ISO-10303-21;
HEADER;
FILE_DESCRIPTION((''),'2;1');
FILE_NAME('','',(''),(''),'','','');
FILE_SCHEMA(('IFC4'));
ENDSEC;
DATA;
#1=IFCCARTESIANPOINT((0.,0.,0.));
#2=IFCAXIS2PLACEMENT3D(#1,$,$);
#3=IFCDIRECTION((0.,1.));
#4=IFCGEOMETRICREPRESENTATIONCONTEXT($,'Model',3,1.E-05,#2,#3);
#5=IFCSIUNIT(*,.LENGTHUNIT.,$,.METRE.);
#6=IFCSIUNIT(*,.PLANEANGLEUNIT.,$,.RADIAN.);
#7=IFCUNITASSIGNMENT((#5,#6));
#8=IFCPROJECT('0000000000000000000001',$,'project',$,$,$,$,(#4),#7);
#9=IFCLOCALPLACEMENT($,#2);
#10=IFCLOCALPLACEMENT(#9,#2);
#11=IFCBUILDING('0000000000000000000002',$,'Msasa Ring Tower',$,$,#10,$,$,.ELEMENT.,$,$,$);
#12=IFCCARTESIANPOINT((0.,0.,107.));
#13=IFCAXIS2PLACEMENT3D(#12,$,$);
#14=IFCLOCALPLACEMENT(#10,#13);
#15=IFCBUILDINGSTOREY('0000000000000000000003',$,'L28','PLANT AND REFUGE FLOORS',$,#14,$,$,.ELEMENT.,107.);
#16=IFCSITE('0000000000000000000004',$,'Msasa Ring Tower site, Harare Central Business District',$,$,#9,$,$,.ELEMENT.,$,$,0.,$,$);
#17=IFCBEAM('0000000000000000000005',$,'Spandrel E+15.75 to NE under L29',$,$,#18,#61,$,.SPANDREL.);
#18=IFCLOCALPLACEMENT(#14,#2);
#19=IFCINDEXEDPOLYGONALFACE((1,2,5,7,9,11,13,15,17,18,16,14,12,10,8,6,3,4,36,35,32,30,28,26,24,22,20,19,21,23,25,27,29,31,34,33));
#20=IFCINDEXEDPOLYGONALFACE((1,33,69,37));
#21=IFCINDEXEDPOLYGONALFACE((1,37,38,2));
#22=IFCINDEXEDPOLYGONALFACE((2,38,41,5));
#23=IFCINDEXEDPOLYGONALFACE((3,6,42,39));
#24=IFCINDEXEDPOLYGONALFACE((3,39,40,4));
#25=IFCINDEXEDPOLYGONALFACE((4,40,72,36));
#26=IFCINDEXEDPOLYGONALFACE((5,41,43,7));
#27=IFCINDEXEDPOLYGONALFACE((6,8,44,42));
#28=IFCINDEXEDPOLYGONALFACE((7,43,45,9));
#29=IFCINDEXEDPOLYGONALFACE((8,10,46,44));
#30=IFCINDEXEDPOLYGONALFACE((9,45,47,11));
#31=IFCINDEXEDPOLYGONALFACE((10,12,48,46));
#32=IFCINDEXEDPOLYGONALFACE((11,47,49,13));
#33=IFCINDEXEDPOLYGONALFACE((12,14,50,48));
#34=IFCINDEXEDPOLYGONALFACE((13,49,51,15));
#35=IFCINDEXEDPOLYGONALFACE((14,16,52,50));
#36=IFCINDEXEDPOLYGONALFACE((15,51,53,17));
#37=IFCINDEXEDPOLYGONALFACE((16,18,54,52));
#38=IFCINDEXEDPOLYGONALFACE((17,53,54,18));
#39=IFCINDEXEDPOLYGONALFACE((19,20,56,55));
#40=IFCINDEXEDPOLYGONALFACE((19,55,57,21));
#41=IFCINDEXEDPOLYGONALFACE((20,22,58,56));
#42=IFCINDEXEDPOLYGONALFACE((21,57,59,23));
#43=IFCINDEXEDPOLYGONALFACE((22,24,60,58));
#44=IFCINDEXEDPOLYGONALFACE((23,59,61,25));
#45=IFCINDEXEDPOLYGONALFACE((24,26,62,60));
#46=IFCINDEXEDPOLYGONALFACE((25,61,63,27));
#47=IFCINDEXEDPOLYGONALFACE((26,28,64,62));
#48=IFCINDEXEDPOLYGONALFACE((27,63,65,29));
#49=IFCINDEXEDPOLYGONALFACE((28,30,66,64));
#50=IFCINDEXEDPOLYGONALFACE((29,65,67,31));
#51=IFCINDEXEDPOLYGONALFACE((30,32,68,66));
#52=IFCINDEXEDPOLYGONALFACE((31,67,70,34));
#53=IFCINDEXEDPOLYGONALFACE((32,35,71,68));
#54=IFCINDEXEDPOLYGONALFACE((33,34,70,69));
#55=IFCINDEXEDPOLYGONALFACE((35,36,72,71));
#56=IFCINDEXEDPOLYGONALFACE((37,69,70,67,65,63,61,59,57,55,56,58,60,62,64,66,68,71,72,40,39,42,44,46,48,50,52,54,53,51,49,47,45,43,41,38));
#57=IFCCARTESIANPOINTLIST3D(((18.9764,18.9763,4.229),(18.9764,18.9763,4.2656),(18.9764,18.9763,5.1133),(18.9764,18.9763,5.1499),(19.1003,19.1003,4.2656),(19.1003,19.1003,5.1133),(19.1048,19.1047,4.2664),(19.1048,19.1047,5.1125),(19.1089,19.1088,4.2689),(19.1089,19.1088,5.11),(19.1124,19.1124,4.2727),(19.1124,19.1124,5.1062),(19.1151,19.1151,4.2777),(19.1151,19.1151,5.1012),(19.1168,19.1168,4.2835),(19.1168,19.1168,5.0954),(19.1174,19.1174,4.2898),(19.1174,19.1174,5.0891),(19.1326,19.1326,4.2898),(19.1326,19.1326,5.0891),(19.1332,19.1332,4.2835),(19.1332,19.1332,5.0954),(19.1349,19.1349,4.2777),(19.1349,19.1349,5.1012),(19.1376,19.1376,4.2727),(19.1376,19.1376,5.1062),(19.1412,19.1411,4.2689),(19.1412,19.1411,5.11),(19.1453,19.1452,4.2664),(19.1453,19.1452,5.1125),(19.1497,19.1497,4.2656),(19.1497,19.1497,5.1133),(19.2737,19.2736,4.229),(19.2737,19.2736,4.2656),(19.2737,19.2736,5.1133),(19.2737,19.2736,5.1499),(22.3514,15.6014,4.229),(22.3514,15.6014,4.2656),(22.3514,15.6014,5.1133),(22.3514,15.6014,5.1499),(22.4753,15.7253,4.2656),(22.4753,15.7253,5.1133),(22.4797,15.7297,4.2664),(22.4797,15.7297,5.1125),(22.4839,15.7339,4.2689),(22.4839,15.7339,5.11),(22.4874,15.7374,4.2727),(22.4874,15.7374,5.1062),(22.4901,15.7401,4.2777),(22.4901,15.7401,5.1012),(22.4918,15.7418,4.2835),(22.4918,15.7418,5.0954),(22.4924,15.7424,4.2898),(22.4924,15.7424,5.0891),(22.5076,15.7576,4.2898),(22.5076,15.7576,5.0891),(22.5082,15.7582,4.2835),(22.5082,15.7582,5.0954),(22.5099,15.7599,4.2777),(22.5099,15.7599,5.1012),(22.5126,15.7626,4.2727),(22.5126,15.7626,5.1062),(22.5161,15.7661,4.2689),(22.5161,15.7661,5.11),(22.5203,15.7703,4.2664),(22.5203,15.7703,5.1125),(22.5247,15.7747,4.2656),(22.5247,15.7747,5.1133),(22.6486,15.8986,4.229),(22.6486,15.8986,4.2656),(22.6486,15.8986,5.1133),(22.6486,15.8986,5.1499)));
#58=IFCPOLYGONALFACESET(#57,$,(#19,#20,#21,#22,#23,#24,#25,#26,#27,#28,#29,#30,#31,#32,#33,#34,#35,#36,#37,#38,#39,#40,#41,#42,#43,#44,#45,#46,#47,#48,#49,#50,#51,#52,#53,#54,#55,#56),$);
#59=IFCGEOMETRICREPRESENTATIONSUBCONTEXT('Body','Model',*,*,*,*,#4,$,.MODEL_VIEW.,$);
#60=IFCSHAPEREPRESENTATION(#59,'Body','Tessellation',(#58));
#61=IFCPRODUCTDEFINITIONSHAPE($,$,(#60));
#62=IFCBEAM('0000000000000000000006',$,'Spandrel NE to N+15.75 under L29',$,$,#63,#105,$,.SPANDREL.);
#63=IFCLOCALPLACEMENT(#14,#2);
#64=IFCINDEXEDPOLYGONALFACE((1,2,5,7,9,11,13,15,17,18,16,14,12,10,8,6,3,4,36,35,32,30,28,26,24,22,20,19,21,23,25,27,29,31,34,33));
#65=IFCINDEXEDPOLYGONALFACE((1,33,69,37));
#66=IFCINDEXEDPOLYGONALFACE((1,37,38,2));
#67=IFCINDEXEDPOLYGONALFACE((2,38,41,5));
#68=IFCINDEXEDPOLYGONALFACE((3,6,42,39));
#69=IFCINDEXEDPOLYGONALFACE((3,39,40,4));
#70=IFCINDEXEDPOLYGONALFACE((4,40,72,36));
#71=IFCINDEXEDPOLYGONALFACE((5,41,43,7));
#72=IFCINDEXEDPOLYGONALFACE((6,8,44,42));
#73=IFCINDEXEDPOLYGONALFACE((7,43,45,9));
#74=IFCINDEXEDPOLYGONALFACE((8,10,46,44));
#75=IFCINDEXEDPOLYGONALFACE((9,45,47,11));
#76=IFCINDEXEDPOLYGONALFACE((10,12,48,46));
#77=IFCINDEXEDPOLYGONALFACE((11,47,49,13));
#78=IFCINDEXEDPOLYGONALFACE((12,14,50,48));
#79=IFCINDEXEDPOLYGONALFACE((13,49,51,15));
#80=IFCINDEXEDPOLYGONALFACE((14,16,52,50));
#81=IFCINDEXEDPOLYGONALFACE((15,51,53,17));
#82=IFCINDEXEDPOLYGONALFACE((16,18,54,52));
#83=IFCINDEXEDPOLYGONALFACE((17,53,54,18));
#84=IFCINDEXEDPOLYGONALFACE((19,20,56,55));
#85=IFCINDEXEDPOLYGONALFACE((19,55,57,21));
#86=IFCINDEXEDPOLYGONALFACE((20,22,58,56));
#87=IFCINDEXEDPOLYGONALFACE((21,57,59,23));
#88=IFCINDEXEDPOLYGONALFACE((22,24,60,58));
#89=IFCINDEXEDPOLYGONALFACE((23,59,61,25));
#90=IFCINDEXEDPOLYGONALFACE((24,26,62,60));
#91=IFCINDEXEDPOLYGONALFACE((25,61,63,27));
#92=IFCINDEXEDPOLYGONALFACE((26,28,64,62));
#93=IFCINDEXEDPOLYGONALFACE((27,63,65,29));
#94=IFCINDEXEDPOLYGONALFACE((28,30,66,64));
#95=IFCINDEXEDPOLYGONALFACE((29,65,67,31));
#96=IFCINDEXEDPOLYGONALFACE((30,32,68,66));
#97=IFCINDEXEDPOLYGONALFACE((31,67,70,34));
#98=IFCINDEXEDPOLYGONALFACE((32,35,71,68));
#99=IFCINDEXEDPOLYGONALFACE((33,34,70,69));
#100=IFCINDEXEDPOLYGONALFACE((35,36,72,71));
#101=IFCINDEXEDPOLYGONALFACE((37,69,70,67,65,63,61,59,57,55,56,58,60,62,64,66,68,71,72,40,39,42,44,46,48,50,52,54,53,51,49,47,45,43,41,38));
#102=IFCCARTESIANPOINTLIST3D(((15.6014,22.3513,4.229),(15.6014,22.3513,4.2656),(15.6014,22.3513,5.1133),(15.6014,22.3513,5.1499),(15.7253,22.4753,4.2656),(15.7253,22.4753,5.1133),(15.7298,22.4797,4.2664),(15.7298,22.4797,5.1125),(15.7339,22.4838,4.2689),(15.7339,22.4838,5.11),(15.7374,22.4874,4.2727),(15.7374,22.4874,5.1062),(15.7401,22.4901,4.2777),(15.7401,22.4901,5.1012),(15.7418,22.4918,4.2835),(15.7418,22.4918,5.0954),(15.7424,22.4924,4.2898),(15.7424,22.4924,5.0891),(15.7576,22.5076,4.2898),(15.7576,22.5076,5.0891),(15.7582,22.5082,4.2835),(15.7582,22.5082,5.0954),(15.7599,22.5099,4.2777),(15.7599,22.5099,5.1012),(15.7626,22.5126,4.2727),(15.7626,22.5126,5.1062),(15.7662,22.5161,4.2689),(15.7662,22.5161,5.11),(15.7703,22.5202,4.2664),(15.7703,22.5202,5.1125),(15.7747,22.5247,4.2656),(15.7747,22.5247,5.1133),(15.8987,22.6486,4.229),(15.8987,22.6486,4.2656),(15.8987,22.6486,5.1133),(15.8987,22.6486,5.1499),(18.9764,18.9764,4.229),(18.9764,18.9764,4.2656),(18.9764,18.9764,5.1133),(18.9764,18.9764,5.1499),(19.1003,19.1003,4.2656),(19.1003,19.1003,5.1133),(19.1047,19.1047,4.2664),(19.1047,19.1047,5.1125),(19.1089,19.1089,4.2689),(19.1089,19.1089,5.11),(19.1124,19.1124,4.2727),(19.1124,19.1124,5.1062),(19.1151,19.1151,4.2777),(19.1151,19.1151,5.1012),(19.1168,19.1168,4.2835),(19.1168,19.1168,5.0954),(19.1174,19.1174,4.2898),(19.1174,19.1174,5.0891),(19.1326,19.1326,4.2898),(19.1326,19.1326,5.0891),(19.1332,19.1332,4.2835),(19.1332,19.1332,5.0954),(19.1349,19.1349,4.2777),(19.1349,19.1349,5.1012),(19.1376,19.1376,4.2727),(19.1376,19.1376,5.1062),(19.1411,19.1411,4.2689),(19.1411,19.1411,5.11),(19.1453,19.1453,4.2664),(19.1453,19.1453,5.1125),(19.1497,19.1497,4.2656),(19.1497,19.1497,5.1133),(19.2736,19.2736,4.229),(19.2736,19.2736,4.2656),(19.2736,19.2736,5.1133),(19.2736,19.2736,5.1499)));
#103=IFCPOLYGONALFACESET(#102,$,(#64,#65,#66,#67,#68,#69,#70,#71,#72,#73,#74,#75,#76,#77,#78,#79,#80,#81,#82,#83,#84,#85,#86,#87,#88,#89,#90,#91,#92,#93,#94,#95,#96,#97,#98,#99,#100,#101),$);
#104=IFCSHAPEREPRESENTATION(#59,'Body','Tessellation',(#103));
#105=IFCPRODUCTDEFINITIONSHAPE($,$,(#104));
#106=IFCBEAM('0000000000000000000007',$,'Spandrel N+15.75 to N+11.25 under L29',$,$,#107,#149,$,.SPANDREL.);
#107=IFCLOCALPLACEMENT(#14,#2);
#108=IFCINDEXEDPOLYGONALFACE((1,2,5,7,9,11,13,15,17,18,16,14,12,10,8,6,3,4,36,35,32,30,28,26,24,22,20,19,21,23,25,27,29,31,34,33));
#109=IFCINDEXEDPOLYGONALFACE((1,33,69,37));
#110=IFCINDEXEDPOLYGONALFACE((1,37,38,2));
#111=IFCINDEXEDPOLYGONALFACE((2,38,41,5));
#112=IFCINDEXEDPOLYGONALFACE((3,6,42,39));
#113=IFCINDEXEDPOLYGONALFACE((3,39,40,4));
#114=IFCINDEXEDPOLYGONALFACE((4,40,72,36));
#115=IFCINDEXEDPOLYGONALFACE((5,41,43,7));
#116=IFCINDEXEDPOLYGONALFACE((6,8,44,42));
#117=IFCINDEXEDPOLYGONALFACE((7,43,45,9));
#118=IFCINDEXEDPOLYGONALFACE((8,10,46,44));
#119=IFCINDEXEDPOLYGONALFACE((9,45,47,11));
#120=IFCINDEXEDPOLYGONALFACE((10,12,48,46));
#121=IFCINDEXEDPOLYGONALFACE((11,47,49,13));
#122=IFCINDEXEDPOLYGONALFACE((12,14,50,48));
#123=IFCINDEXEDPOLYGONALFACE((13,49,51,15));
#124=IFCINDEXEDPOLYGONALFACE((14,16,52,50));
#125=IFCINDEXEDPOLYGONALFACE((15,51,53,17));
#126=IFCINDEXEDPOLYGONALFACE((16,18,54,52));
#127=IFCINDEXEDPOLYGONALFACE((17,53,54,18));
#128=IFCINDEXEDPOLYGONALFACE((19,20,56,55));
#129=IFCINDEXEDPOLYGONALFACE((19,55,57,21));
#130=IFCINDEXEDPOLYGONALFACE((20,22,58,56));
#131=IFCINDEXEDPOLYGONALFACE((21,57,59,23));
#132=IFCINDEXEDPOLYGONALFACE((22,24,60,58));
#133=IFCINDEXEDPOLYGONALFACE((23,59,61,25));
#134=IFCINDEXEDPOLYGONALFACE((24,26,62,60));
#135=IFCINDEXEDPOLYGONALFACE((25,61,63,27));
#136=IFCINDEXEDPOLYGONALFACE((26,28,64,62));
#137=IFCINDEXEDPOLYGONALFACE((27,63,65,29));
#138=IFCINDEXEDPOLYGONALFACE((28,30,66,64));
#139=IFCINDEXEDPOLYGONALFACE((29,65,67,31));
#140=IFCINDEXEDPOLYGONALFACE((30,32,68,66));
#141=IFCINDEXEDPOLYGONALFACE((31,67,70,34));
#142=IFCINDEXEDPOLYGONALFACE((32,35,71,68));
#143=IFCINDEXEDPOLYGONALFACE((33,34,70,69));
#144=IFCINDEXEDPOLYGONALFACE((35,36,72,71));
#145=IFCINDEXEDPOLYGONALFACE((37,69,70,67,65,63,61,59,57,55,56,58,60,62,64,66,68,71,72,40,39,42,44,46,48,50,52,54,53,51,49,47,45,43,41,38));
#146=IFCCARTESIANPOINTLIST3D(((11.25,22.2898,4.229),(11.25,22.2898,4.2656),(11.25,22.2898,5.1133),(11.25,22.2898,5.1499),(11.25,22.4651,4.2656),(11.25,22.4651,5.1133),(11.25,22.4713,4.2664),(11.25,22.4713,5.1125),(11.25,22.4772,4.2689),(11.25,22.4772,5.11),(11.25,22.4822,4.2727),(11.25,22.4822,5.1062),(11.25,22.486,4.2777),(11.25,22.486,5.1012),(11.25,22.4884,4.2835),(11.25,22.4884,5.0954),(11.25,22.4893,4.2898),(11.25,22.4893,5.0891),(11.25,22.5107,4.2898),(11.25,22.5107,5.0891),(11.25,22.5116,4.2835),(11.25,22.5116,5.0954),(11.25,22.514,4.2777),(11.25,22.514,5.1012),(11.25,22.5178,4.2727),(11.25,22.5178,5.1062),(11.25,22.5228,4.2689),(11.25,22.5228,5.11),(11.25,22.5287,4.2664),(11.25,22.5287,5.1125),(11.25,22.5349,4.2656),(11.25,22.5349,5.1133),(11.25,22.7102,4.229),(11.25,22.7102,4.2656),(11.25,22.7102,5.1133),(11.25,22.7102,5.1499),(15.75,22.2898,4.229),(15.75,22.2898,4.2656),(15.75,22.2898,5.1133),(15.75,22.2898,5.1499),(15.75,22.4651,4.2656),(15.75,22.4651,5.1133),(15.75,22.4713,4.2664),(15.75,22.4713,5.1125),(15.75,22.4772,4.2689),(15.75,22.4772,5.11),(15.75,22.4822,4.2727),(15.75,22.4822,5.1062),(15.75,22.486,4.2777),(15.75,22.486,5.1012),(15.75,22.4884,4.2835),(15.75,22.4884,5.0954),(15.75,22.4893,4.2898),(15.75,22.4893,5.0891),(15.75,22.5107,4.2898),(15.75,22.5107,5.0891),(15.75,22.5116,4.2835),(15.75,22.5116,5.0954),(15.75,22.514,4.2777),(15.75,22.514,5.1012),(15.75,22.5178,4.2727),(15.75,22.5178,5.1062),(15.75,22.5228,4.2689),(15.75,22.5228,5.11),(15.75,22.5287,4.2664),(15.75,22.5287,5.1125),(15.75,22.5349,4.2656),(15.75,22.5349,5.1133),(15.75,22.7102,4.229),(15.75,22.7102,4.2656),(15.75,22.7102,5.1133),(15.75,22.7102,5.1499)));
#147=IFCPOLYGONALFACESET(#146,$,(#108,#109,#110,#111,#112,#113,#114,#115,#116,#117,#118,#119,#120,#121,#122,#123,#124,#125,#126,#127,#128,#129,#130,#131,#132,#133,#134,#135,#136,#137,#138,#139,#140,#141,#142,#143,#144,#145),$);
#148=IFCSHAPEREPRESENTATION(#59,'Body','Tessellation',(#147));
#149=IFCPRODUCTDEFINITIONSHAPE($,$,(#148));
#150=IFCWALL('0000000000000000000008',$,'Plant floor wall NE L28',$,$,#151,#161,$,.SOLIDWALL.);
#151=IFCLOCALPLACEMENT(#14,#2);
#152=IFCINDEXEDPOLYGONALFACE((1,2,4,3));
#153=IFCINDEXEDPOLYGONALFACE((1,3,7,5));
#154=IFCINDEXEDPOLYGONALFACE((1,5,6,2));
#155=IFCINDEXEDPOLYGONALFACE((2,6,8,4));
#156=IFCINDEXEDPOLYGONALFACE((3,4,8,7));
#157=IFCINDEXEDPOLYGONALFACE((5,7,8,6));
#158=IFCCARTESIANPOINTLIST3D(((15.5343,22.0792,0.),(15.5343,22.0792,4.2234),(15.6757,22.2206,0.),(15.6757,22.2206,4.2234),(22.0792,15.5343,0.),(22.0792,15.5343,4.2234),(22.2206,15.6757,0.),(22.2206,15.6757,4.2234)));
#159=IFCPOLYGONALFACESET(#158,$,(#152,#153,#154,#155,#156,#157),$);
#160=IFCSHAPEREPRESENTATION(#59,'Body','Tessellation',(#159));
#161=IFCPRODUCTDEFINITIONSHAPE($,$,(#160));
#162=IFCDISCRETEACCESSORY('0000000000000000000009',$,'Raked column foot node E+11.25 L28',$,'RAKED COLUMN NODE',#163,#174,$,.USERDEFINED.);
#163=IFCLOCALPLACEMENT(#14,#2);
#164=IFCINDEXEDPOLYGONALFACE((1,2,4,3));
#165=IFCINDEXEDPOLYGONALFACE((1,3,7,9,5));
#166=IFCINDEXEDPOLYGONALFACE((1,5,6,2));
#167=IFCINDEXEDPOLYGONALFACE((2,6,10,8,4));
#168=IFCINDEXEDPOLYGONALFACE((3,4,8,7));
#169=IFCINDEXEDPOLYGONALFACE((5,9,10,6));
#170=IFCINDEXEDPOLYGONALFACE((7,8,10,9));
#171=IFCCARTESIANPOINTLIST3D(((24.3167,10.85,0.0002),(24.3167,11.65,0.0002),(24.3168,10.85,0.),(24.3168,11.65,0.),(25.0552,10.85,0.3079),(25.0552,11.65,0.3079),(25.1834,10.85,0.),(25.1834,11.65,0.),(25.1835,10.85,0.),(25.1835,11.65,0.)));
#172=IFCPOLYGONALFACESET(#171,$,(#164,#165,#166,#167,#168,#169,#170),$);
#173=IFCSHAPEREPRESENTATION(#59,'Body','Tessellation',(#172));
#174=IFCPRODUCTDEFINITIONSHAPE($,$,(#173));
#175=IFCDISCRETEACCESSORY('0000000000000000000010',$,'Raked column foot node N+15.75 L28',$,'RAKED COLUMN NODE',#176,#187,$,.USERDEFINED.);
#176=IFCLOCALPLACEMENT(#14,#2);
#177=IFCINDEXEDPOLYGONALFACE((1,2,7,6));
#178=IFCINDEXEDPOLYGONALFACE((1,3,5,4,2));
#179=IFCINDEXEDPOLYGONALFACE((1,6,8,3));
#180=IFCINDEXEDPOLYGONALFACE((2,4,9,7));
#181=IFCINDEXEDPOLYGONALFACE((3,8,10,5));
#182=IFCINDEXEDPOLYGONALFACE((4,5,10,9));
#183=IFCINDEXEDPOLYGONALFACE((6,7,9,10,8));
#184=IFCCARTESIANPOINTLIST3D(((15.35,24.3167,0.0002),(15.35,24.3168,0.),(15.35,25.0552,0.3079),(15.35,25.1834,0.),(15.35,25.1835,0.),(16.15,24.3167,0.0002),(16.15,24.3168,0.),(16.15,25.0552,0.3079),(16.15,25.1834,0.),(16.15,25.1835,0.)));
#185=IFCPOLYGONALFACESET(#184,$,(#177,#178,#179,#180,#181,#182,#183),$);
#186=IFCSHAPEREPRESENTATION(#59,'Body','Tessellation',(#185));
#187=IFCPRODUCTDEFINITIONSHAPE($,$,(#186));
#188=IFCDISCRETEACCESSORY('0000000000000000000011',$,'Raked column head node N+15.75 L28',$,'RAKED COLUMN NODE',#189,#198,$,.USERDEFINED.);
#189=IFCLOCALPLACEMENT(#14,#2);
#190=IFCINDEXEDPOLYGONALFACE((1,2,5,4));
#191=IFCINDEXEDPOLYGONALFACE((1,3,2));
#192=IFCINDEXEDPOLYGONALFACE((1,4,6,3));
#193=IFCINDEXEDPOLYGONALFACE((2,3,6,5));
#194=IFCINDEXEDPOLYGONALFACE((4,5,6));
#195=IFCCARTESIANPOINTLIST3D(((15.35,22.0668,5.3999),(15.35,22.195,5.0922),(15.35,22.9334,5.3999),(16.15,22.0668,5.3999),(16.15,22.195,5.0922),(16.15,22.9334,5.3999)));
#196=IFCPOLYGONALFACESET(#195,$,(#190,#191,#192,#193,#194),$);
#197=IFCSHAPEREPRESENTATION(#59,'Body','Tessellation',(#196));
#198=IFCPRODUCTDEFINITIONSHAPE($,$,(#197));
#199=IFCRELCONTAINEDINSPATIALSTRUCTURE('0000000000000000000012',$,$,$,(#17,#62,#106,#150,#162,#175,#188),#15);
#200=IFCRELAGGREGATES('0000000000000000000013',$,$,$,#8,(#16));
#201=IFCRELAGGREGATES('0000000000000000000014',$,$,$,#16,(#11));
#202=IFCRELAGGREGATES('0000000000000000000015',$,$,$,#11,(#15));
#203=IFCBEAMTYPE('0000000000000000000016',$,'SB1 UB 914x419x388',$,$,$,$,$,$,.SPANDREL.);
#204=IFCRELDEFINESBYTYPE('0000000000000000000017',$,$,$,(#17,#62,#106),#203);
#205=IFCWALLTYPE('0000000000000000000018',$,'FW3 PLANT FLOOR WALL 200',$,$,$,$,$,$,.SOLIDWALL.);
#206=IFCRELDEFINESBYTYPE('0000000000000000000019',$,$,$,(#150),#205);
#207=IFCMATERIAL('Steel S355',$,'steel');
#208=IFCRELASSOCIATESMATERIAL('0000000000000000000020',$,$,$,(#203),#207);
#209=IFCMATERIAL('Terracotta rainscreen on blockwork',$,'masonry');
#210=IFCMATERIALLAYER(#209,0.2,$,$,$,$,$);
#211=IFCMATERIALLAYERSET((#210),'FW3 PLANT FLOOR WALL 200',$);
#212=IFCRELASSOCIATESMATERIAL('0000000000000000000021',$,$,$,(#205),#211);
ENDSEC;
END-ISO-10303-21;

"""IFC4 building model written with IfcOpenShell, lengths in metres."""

from ifc_helpers import new_model, si_unit, direction, frame, frame_2d, origin, origin_2d, place, context, subcontext, project, spatial, rectangle, i_section, extrude, clip, halfspace, material, layer, layer_set, material_profile, profile_set, type_object, element, save


model = new_model("IFC4")

# Units and contexts
model_context = context("Model", 3, precision=1e-05, world=origin(), true_north=direction((0.0, 1.0)))
body_context = subcontext(model_context, "Body", "Model", "MODEL_VIEW")
ifc_project = project(units=[si_unit("LENGTHUNIT", "METRE"), si_unit("PLANEANGLEUNIT", "RADIAN")], contexts=[model_context])

# Site, building, storey
site_placement = place(None, origin())
site = spatial("IfcSite", under=ifc_project, at=site_placement, Name="Msasa Ring Tower site, Harare Central Business District", CompositionType="ELEMENT", RefElevation=0.0)
building_placement = place(site_placement, origin())
building = spatial("IfcBuilding", under=site, at=building_placement, Name="Msasa Ring Tower", CompositionType="ELEMENT")
storey_placement = place(building_placement, frame((0.0, 0.0, 107.0)))
storey = spatial("IfcBuildingStorey", under=building, at=storey_placement, Name="L28", Description="PLANT AND REFUGE FLOORS", CompositionType="ELEMENT", Elevation=107.0)

# Beams
ifc_material_1 = material(Name="Steel S355", Category="steel")
ifc_material_profile_1 = material_profile(ifc_material_1, i_section(OverallWidth=0.4204, OverallDepth=0.9209, WebThickness=0.0215, FlangeThickness=0.0366, FilletRadius=0.0242, at=origin_2d()), Name="UB 914x419x388")
ifc_profile_set_1 = profile_set([ifc_material_profile_1], Name="Steel S355")
beam_type_1 = type_object("IfcBeamType", Name="SB1 UB 914x419x388", PredefinedType="SPANDREL", material=ifc_profile_set_1)
for number, where, z_axis, x_axis, name in (
    (1, (22.5, 15.75, 4.6895), (-0.707107, 0.707107, 0.0), (-0.707107, -0.707107, 0.0), "Spandrel E+15.75 to NE under L29"),
    (2, (19.125, 19.125, 4.6895), (-0.707107, 0.707107, 0.0), (-0.707107, -0.707107, 0.0), "Spandrel NE to N+15.75 under L29"),
):
    element("IfcBeam", number, at=place(storey_placement, frame(where, z_axis=z_axis, x_axis=x_axis)), inside=storey, type_object=beam_type_1, Name=name, PredefinedType="SPANDREL", context=body_context, shape_type="SweptSolid", body=[
        extrude(i_section(OverallWidth=0.4204, OverallDepth=0.9209, WebThickness=0.0215, FlangeThickness=0.0366, FilletRadius=0.0242, at=origin_2d()), origin(), (0.0, 0.0, 1.0), 4.7729),
    ])
beam_1_placement = place(storey_placement, frame((15.75, 22.5, 4.6895), z_axis=(-1.0, 0.0, 0.0), x_axis=(0.0, -1.0, 0.0)))
element("IfcBeam", 3, at=beam_1_placement, inside=storey, type_object=beam_type_1, Name="Spandrel N+15.75 to N+11.25 under L29", PredefinedType="SPANDREL", context=body_context, shape_type="SweptSolid", body=[
    extrude(i_section(OverallWidth=0.4204, OverallDepth=0.9209, WebThickness=0.0215, FlangeThickness=0.0366, FilletRadius=0.0242, at=origin_2d()), origin(), (0.0, 0.0, 1.0), 4.5),
])

# Wall
ifc_material_2 = material(Name="Terracotta rainscreen on blockwork", Category="masonry")
ifc_layer = layer(ifc_material_2, 0.2)
ifc_layer_set = layer_set([ifc_layer], Name="FW3 PLANT FLOOR WALL 200")
wall_type = type_object("IfcWallType", Name="FW3 PLANT FLOOR WALL 200", PredefinedType="SOLIDWALL", material=ifc_layer_set)
wall_placement = place(storey_placement, frame((15.605, 22.1499, 0.0), z_axis=(0.0, 0.0, 1.0), x_axis=(0.707107, -0.707107, 0.0)))
element("IfcWall", 4, at=wall_placement, inside=storey, type_object=wall_type, Name="Plant floor wall NE L28", PredefinedType="SOLIDWALL", context=body_context, shape_type="SweptSolid", body=[
    extrude(rectangle(XDim=9.2559, YDim=0.2, at=frame_2d((4.6279, 0.0))), origin(), (0.0, 0.0, 1.0), 4.2234),
])

# Discrete accessories
discrete_accessory_1_placement = place(storey_placement, frame((24.75, 11.25, 0.0)))
element("IfcDiscreteAccessory", 5, at=discrete_accessory_1_placement, inside=storey, Name="Raked column foot node E+11.25 L28", ObjectType="RAKED COLUMN NODE", PredefinedType="USERDEFINED", context=body_context, shape_type="Clipping", body=[
    clip(extrude(rectangle(XDim=0.8, YDim=0.8, at=origin_2d()), frame((0.0642, 0.0, -0.1538), z_axis=(-0.384615, 0.0, 0.923077), x_axis=(0.0, -1.0, 0.0)), (0.0, 0.0, 1.0), 0.3335), halfspace(frame((0.0, 0.0, 0.0), z_axis=(0.0, 0.0, 1.0)), True)),
])
discrete_accessory_2_placement = place(storey_placement, frame((15.75, 24.75, 0.0)))
element("IfcDiscreteAccessory", 6, at=discrete_accessory_2_placement, inside=storey, Name="Raked column foot node N+15.75 L28", ObjectType="RAKED COLUMN NODE", PredefinedType="USERDEFINED", context=body_context, shape_type="Clipping", body=[
    clip(extrude(rectangle(XDim=0.8, YDim=0.8, at=origin_2d()), frame((0.0, 0.0642, -0.1538), z_axis=(0.0, -0.384615, 0.923077), x_axis=(0.0, 0.923077, 0.384615)), (0.0, 0.0, 1.0), 0.3335), halfspace(frame((0.0, 0.0, 0.0), z_axis=(0.0, 0.0, 1.0)), True)),
])
discrete_accessory_3_placement = place(storey_placement, frame((15.75, 22.5, 5.3999)))
element("IfcDiscreteAccessory", 7, at=discrete_accessory_3_placement, inside=storey, Name="Raked column head node N+15.75 L28", ObjectType="RAKED COLUMN NODE", PredefinedType="USERDEFINED", context=body_context, shape_type="Clipping", body=[
    clip(extrude(rectangle(XDim=0.8, YDim=0.8, at=origin_2d()), frame((0.0, 0.0642, -0.1538), z_axis=(0.0, -0.384615, 0.923077), x_axis=(0.0, 0.923077, 0.384615)), (0.0, 0.0, 1.0), 0.3335), halfspace(frame((0.0, 0.0, 0.0), z_axis=(0.0, 0.0, -1.0)), True)),
])

save(model, "model.ifc")
